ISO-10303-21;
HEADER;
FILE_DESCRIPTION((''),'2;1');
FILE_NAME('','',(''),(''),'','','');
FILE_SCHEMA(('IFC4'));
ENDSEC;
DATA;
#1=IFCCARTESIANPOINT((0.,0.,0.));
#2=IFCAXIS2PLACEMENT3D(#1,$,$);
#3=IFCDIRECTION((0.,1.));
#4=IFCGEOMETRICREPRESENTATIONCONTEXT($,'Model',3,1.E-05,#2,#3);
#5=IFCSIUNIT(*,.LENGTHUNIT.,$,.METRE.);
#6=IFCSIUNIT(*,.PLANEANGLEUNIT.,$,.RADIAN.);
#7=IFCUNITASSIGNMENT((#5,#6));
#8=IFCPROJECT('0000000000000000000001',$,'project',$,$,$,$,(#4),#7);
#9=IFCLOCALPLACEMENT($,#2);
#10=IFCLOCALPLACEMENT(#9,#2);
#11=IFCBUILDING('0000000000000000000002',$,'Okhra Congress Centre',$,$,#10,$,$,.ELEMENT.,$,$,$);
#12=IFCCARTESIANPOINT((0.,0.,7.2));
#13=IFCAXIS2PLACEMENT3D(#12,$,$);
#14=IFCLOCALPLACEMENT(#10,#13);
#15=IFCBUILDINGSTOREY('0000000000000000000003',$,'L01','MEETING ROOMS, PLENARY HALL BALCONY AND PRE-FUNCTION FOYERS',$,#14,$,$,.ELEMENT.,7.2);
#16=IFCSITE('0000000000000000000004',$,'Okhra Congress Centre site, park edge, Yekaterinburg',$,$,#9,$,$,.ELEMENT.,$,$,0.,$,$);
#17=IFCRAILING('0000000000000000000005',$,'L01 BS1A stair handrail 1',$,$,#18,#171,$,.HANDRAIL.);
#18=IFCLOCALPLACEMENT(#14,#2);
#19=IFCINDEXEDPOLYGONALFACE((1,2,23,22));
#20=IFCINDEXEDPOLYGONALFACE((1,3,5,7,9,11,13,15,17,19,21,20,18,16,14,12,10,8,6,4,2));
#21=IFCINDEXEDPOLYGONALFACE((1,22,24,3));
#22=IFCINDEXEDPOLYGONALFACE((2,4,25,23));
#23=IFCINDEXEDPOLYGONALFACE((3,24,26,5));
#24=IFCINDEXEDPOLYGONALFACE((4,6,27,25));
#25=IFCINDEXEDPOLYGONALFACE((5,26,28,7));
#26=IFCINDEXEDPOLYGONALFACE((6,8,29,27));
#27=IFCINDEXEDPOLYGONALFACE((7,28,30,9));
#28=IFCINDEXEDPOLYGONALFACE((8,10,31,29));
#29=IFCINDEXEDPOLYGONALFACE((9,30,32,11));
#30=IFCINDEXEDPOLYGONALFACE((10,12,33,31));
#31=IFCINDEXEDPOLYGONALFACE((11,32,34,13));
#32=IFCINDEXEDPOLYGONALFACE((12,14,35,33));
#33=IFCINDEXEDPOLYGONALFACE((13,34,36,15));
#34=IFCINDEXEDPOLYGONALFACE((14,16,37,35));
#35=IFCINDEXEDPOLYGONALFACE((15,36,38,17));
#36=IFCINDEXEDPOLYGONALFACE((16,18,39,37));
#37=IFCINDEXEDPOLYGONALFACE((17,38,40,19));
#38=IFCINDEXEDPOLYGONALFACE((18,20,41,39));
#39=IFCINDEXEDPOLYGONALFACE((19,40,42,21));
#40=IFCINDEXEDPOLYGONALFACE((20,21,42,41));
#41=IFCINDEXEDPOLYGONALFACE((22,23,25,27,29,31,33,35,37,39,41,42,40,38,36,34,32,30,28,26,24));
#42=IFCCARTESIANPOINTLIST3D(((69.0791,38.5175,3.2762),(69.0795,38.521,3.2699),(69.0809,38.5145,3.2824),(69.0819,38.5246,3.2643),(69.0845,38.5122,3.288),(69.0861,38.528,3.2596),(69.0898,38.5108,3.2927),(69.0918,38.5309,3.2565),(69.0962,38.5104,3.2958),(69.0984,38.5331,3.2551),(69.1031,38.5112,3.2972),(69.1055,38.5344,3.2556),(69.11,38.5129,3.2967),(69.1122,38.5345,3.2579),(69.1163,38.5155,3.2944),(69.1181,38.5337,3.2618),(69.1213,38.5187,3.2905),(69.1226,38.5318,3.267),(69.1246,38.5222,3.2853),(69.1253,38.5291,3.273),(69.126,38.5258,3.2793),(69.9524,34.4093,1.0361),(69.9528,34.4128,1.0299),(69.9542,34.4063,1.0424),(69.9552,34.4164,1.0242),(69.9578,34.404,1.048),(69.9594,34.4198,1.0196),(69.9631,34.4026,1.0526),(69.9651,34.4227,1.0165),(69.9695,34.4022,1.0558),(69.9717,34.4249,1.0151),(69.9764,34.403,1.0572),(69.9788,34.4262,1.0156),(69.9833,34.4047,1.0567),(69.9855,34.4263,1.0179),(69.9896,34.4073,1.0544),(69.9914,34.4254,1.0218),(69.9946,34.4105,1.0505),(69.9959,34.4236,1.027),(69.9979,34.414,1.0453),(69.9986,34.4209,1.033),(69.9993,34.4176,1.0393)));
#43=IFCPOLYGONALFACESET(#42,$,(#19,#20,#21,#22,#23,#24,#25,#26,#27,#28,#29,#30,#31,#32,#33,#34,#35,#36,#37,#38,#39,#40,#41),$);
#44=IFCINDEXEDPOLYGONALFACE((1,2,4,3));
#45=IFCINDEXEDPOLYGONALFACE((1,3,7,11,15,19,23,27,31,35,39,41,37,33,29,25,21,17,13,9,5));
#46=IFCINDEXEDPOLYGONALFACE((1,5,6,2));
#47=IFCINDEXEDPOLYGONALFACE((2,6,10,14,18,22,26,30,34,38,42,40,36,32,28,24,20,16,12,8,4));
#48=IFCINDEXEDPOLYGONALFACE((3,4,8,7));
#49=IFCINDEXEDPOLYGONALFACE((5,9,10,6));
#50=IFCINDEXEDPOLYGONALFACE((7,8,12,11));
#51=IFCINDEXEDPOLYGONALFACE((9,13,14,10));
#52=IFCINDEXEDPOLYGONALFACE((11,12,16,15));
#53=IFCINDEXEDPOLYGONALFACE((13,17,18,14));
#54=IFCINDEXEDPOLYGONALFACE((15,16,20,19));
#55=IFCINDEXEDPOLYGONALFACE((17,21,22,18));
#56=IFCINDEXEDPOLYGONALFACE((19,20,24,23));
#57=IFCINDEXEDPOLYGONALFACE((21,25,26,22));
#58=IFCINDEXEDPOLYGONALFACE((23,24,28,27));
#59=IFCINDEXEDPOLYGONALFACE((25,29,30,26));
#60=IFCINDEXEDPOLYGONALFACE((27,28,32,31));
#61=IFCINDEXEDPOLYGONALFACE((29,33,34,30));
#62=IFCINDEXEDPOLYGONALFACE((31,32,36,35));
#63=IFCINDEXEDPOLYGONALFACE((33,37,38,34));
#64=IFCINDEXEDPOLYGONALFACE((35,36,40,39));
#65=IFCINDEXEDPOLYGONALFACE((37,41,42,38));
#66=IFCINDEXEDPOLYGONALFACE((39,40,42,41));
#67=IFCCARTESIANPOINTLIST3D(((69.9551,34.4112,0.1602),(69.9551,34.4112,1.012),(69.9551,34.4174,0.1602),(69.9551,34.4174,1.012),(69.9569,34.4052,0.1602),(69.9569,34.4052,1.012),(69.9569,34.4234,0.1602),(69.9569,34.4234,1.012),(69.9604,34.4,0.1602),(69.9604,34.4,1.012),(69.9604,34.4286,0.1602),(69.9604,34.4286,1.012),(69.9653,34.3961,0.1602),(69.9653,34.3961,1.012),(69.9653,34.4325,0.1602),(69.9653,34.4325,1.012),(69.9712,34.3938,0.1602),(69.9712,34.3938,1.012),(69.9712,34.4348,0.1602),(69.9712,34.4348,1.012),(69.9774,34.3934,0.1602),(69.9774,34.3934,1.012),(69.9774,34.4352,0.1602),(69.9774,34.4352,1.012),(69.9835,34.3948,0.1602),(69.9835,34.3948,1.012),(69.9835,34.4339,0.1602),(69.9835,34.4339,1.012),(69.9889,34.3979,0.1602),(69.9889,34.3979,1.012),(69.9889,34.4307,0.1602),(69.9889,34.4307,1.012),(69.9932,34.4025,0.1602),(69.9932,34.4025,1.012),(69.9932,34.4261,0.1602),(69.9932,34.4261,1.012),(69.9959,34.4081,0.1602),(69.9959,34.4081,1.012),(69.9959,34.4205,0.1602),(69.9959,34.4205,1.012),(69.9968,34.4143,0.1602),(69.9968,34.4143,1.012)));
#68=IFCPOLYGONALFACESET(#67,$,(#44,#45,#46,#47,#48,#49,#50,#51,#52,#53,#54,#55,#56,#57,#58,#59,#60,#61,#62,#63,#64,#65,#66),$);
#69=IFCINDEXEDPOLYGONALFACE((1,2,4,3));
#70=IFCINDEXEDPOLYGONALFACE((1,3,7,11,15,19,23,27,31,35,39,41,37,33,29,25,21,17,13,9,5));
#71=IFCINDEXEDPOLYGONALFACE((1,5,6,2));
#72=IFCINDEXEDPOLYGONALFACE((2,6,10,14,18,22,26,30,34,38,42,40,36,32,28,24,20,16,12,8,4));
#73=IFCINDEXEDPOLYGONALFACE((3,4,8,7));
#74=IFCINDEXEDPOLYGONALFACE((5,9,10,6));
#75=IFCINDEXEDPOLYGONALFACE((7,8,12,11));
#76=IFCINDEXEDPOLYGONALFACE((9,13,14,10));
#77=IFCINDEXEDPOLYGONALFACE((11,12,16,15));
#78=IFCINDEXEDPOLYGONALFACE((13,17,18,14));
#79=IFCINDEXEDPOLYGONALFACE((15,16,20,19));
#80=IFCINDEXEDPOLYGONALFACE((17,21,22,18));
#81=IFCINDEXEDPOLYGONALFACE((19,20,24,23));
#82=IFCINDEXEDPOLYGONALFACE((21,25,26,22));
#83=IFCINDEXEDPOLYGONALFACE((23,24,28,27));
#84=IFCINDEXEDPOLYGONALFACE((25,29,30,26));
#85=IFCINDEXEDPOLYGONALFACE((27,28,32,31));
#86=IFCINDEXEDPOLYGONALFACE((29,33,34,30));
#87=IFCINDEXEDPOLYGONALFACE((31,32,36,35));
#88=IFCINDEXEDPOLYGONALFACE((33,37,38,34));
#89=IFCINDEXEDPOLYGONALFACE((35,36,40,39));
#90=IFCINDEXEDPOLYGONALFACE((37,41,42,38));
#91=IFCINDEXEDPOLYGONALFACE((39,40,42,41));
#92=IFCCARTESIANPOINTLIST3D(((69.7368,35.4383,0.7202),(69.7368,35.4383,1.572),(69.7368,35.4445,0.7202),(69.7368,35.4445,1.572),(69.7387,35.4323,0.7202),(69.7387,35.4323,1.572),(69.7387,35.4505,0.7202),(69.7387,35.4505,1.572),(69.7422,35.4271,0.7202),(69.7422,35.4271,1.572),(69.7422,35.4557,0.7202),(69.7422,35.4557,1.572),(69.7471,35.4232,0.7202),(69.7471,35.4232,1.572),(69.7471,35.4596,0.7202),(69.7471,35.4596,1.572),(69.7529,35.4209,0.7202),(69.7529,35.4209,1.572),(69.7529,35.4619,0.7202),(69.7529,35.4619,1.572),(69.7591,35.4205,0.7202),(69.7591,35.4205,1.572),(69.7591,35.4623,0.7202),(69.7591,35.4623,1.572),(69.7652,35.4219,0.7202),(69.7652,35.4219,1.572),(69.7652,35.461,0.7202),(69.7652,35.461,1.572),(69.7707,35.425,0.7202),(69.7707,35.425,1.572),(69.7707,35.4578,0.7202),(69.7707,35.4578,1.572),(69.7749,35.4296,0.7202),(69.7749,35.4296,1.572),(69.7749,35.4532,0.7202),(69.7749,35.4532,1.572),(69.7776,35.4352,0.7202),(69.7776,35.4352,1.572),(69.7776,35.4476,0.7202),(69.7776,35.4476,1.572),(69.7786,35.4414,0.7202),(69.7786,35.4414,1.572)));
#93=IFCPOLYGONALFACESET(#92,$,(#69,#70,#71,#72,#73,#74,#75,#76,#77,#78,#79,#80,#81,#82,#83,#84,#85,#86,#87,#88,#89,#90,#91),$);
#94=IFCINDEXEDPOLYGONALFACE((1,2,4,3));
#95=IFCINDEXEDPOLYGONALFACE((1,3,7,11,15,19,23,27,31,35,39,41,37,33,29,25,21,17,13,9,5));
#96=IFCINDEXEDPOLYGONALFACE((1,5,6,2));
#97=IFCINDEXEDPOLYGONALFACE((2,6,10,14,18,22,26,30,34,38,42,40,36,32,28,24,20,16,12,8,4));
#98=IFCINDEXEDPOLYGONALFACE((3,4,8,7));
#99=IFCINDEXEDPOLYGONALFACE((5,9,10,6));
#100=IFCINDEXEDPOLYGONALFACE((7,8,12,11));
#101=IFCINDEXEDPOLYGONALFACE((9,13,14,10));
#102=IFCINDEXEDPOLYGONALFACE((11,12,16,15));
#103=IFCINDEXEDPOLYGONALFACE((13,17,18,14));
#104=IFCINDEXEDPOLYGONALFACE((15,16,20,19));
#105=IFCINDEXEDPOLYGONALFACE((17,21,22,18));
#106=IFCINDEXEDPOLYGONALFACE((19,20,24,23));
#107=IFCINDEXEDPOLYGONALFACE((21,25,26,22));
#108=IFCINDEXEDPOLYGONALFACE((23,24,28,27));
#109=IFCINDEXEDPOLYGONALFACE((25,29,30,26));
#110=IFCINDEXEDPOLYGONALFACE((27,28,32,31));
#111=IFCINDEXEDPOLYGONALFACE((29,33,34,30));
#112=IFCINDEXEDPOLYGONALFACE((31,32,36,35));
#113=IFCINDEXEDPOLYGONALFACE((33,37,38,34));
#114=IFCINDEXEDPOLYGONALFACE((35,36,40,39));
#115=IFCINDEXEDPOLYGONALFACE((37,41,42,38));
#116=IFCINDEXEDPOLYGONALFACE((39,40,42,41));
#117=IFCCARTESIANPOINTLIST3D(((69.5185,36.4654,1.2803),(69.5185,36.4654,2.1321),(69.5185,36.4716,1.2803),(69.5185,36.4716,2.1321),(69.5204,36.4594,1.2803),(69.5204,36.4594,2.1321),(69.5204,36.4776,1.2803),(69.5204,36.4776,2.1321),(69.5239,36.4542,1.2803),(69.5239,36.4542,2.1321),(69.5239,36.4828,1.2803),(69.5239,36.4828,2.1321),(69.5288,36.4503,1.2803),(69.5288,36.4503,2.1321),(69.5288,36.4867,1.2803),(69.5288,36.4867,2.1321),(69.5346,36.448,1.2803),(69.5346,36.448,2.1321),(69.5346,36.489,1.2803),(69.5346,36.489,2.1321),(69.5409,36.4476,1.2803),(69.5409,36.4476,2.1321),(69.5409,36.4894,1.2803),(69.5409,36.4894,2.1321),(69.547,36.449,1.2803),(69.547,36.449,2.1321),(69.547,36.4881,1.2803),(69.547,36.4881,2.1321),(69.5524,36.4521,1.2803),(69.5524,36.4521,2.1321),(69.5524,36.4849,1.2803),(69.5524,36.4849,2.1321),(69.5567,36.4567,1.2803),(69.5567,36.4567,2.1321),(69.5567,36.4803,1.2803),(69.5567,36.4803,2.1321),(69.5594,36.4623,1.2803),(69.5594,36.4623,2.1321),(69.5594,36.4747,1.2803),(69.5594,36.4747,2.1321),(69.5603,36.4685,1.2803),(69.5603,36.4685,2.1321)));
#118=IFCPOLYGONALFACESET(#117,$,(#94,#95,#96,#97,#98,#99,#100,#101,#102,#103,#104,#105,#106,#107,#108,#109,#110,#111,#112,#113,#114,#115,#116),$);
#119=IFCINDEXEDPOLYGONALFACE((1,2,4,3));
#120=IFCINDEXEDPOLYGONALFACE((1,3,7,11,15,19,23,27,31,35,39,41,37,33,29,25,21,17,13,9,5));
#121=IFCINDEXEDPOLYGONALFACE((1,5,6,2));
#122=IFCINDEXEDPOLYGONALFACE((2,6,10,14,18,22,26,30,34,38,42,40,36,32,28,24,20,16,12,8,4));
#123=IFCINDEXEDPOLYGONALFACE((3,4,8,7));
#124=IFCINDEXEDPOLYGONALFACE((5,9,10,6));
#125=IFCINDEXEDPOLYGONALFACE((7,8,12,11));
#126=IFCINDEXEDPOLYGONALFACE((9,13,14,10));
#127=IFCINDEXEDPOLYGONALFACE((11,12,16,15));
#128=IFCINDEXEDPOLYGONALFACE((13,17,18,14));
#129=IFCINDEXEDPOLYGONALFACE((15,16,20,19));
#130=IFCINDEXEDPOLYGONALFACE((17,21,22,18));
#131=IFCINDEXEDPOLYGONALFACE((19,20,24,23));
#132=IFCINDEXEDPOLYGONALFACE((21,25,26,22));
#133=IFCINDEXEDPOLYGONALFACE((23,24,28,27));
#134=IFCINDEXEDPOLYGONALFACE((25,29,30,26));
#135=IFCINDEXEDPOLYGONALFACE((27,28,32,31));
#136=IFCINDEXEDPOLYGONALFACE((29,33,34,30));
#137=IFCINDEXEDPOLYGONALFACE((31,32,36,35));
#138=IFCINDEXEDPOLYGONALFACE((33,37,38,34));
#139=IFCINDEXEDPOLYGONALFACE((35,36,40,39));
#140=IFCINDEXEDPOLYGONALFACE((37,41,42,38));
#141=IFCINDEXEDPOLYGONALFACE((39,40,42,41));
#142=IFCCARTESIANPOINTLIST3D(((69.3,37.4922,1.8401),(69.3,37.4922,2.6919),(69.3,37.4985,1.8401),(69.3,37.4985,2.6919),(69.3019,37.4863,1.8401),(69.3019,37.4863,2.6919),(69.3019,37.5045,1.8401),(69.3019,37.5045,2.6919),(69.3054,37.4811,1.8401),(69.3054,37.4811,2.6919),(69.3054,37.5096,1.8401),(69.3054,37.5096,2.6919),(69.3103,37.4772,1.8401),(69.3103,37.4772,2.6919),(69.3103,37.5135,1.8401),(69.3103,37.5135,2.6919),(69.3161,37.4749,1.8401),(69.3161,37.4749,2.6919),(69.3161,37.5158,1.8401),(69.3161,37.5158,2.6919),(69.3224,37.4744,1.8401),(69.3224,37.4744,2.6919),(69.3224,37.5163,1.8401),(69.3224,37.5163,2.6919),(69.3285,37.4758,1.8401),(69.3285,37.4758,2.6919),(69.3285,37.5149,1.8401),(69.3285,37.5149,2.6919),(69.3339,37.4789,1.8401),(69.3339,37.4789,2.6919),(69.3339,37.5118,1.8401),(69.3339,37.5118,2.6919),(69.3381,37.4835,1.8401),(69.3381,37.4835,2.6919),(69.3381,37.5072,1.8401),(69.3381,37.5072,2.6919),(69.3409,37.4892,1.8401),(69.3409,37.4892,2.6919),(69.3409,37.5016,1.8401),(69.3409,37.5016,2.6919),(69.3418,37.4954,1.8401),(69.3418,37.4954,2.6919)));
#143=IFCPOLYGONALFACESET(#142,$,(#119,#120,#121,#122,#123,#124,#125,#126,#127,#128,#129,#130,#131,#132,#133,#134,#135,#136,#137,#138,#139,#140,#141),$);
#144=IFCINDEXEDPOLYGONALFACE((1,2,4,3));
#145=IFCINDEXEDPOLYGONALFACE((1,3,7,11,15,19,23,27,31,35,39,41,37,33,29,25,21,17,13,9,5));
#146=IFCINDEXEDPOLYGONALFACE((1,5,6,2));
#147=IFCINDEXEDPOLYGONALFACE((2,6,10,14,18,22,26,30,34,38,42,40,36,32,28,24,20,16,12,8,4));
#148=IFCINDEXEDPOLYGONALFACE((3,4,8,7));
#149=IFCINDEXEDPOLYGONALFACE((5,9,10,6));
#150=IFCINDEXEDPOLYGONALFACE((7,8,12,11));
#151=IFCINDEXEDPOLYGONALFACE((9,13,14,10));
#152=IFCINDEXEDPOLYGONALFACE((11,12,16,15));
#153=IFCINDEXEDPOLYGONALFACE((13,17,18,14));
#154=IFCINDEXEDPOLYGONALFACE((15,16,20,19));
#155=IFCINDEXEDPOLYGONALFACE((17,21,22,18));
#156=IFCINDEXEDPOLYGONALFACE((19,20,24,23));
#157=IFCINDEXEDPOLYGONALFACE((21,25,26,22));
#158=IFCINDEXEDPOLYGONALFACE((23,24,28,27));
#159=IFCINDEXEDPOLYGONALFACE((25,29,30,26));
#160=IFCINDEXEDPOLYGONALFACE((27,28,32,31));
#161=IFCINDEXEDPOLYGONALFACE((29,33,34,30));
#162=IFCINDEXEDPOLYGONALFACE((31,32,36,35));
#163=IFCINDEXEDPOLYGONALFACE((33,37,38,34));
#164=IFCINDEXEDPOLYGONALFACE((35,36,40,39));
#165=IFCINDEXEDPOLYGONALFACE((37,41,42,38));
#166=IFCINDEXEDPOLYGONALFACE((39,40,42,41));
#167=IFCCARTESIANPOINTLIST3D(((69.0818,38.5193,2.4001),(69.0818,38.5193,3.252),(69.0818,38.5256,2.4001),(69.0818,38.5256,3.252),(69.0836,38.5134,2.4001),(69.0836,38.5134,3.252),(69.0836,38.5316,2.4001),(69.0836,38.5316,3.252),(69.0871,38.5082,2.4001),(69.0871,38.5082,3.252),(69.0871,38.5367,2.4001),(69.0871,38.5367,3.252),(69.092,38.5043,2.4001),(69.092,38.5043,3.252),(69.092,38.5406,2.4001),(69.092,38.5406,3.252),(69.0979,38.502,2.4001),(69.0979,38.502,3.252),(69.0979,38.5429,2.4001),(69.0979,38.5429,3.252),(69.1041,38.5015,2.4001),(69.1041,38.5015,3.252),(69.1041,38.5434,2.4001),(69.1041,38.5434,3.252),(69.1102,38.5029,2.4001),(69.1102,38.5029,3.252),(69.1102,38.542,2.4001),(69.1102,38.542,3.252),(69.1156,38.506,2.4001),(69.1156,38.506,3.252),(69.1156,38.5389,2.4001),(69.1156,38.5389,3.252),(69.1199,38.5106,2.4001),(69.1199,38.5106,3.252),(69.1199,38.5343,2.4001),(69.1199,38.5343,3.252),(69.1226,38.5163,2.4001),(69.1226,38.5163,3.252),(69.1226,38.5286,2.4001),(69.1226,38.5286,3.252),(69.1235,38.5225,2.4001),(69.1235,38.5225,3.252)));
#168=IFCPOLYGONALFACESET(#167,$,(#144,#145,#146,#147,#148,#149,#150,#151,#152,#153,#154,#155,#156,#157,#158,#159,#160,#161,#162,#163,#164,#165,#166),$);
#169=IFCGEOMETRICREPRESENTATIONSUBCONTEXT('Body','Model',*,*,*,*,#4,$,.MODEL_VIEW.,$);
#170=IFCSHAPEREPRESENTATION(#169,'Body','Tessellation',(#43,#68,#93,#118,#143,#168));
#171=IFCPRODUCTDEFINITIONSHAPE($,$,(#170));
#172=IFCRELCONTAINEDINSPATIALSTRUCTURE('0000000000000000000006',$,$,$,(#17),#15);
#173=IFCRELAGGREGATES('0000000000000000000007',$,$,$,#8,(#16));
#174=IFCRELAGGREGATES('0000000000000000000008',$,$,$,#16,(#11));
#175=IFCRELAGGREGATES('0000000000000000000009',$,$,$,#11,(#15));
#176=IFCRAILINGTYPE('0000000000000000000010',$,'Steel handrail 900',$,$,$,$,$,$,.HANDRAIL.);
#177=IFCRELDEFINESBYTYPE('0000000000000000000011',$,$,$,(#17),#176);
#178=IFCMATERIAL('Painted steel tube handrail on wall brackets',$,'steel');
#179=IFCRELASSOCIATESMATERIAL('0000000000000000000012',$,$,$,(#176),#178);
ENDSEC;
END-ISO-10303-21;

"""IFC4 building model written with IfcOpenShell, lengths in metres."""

from ifc_helpers import new_model, si_unit, direction, frame, origin, origin_2d, place, context, subcontext, project, spatial, circle, extrude, material, type_object, element, save


model = new_model("IFC4")

# Units and contexts
model_context = context("Model", 3, precision=1e-05, world=origin(), true_north=direction((0.0, 1.0)))
body_context = subcontext(model_context, "Body", "Model", "MODEL_VIEW")
ifc_project = project(units=[si_unit("LENGTHUNIT", "METRE"), si_unit("PLANEANGLEUNIT", "RADIAN")], contexts=[model_context])

# Site, building, storey
site_placement = place(None, origin())
site = spatial("IfcSite", under=ifc_project, at=site_placement, Name="Okhra Congress Centre site, park edge, Yekaterinburg", CompositionType="ELEMENT", RefElevation=0.0)
building_placement = place(site_placement, origin())
building = spatial("IfcBuilding", under=site, at=building_placement, Name="Okhra Congress Centre", CompositionType="ELEMENT")
storey_placement = place(building_placement, frame((0.0, 0.0, 7.2)))
storey = spatial("IfcBuildingStorey", under=building, at=storey_placement, Name="L01", Description="MEETING ROOMS, PLENARY HALL BALCONY AND PRE-FUNCTION FOYERS", CompositionType="ELEMENT", Elevation=7.2)

# Railing
ifc_material_1 = material(Name="Painted steel tube handrail on wall brackets", Category="steel")
railing_type_1 = type_object("IfcRailingType", Name="Steel handrail 900", PredefinedType="HANDRAIL", material=ifc_material_1)
railing_1_placement = place(storey_placement, frame((69.9758, 34.4143, 0.1602)))
element("IfcRailing", 1, at=railing_1_placement, inside=storey, type_object=railing_type_1, Name="L01 BS1A stair handrail 1", PredefinedType="HANDRAIL", context=body_context, shape_type="SweptSolid", body=[
    extrude(circle(Radius=0.0239, at=origin_2d()), frame((0.0, 0.0, 0.876), z_axis=(-0.183466, 0.863067, 0.470591), x_axis=(-0.978144, -0.207929, 0.0)), (0.0, 0.0, 1.0), 4.76),
    extrude(circle(Radius=0.021, at=origin_2d()), origin(), (0.0, 0.0, 1.0), 0.8518),
    extrude(circle(Radius=0.021, at=origin_2d()), frame((-0.2183, 1.0271, 0.5601)), (0.0, 0.0, 1.0), 0.8518),
    extrude(circle(Radius=0.021, at=origin_2d()), frame((-0.4365, 2.0542, 1.1201)), (0.0, 0.0, 1.0), 0.8518),
    extrude(circle(Radius=0.021, at=origin_2d()), frame((-0.655, 3.0811, 1.6799)), (0.0, 0.0, 1.0), 0.8518),
    extrude(circle(Radius=0.021, at=origin_2d()), frame((-0.8733, 4.1082, 2.24)), (0.0, 0.0, 1.0), 0.8518),
])

save(model, "model.ifc")
